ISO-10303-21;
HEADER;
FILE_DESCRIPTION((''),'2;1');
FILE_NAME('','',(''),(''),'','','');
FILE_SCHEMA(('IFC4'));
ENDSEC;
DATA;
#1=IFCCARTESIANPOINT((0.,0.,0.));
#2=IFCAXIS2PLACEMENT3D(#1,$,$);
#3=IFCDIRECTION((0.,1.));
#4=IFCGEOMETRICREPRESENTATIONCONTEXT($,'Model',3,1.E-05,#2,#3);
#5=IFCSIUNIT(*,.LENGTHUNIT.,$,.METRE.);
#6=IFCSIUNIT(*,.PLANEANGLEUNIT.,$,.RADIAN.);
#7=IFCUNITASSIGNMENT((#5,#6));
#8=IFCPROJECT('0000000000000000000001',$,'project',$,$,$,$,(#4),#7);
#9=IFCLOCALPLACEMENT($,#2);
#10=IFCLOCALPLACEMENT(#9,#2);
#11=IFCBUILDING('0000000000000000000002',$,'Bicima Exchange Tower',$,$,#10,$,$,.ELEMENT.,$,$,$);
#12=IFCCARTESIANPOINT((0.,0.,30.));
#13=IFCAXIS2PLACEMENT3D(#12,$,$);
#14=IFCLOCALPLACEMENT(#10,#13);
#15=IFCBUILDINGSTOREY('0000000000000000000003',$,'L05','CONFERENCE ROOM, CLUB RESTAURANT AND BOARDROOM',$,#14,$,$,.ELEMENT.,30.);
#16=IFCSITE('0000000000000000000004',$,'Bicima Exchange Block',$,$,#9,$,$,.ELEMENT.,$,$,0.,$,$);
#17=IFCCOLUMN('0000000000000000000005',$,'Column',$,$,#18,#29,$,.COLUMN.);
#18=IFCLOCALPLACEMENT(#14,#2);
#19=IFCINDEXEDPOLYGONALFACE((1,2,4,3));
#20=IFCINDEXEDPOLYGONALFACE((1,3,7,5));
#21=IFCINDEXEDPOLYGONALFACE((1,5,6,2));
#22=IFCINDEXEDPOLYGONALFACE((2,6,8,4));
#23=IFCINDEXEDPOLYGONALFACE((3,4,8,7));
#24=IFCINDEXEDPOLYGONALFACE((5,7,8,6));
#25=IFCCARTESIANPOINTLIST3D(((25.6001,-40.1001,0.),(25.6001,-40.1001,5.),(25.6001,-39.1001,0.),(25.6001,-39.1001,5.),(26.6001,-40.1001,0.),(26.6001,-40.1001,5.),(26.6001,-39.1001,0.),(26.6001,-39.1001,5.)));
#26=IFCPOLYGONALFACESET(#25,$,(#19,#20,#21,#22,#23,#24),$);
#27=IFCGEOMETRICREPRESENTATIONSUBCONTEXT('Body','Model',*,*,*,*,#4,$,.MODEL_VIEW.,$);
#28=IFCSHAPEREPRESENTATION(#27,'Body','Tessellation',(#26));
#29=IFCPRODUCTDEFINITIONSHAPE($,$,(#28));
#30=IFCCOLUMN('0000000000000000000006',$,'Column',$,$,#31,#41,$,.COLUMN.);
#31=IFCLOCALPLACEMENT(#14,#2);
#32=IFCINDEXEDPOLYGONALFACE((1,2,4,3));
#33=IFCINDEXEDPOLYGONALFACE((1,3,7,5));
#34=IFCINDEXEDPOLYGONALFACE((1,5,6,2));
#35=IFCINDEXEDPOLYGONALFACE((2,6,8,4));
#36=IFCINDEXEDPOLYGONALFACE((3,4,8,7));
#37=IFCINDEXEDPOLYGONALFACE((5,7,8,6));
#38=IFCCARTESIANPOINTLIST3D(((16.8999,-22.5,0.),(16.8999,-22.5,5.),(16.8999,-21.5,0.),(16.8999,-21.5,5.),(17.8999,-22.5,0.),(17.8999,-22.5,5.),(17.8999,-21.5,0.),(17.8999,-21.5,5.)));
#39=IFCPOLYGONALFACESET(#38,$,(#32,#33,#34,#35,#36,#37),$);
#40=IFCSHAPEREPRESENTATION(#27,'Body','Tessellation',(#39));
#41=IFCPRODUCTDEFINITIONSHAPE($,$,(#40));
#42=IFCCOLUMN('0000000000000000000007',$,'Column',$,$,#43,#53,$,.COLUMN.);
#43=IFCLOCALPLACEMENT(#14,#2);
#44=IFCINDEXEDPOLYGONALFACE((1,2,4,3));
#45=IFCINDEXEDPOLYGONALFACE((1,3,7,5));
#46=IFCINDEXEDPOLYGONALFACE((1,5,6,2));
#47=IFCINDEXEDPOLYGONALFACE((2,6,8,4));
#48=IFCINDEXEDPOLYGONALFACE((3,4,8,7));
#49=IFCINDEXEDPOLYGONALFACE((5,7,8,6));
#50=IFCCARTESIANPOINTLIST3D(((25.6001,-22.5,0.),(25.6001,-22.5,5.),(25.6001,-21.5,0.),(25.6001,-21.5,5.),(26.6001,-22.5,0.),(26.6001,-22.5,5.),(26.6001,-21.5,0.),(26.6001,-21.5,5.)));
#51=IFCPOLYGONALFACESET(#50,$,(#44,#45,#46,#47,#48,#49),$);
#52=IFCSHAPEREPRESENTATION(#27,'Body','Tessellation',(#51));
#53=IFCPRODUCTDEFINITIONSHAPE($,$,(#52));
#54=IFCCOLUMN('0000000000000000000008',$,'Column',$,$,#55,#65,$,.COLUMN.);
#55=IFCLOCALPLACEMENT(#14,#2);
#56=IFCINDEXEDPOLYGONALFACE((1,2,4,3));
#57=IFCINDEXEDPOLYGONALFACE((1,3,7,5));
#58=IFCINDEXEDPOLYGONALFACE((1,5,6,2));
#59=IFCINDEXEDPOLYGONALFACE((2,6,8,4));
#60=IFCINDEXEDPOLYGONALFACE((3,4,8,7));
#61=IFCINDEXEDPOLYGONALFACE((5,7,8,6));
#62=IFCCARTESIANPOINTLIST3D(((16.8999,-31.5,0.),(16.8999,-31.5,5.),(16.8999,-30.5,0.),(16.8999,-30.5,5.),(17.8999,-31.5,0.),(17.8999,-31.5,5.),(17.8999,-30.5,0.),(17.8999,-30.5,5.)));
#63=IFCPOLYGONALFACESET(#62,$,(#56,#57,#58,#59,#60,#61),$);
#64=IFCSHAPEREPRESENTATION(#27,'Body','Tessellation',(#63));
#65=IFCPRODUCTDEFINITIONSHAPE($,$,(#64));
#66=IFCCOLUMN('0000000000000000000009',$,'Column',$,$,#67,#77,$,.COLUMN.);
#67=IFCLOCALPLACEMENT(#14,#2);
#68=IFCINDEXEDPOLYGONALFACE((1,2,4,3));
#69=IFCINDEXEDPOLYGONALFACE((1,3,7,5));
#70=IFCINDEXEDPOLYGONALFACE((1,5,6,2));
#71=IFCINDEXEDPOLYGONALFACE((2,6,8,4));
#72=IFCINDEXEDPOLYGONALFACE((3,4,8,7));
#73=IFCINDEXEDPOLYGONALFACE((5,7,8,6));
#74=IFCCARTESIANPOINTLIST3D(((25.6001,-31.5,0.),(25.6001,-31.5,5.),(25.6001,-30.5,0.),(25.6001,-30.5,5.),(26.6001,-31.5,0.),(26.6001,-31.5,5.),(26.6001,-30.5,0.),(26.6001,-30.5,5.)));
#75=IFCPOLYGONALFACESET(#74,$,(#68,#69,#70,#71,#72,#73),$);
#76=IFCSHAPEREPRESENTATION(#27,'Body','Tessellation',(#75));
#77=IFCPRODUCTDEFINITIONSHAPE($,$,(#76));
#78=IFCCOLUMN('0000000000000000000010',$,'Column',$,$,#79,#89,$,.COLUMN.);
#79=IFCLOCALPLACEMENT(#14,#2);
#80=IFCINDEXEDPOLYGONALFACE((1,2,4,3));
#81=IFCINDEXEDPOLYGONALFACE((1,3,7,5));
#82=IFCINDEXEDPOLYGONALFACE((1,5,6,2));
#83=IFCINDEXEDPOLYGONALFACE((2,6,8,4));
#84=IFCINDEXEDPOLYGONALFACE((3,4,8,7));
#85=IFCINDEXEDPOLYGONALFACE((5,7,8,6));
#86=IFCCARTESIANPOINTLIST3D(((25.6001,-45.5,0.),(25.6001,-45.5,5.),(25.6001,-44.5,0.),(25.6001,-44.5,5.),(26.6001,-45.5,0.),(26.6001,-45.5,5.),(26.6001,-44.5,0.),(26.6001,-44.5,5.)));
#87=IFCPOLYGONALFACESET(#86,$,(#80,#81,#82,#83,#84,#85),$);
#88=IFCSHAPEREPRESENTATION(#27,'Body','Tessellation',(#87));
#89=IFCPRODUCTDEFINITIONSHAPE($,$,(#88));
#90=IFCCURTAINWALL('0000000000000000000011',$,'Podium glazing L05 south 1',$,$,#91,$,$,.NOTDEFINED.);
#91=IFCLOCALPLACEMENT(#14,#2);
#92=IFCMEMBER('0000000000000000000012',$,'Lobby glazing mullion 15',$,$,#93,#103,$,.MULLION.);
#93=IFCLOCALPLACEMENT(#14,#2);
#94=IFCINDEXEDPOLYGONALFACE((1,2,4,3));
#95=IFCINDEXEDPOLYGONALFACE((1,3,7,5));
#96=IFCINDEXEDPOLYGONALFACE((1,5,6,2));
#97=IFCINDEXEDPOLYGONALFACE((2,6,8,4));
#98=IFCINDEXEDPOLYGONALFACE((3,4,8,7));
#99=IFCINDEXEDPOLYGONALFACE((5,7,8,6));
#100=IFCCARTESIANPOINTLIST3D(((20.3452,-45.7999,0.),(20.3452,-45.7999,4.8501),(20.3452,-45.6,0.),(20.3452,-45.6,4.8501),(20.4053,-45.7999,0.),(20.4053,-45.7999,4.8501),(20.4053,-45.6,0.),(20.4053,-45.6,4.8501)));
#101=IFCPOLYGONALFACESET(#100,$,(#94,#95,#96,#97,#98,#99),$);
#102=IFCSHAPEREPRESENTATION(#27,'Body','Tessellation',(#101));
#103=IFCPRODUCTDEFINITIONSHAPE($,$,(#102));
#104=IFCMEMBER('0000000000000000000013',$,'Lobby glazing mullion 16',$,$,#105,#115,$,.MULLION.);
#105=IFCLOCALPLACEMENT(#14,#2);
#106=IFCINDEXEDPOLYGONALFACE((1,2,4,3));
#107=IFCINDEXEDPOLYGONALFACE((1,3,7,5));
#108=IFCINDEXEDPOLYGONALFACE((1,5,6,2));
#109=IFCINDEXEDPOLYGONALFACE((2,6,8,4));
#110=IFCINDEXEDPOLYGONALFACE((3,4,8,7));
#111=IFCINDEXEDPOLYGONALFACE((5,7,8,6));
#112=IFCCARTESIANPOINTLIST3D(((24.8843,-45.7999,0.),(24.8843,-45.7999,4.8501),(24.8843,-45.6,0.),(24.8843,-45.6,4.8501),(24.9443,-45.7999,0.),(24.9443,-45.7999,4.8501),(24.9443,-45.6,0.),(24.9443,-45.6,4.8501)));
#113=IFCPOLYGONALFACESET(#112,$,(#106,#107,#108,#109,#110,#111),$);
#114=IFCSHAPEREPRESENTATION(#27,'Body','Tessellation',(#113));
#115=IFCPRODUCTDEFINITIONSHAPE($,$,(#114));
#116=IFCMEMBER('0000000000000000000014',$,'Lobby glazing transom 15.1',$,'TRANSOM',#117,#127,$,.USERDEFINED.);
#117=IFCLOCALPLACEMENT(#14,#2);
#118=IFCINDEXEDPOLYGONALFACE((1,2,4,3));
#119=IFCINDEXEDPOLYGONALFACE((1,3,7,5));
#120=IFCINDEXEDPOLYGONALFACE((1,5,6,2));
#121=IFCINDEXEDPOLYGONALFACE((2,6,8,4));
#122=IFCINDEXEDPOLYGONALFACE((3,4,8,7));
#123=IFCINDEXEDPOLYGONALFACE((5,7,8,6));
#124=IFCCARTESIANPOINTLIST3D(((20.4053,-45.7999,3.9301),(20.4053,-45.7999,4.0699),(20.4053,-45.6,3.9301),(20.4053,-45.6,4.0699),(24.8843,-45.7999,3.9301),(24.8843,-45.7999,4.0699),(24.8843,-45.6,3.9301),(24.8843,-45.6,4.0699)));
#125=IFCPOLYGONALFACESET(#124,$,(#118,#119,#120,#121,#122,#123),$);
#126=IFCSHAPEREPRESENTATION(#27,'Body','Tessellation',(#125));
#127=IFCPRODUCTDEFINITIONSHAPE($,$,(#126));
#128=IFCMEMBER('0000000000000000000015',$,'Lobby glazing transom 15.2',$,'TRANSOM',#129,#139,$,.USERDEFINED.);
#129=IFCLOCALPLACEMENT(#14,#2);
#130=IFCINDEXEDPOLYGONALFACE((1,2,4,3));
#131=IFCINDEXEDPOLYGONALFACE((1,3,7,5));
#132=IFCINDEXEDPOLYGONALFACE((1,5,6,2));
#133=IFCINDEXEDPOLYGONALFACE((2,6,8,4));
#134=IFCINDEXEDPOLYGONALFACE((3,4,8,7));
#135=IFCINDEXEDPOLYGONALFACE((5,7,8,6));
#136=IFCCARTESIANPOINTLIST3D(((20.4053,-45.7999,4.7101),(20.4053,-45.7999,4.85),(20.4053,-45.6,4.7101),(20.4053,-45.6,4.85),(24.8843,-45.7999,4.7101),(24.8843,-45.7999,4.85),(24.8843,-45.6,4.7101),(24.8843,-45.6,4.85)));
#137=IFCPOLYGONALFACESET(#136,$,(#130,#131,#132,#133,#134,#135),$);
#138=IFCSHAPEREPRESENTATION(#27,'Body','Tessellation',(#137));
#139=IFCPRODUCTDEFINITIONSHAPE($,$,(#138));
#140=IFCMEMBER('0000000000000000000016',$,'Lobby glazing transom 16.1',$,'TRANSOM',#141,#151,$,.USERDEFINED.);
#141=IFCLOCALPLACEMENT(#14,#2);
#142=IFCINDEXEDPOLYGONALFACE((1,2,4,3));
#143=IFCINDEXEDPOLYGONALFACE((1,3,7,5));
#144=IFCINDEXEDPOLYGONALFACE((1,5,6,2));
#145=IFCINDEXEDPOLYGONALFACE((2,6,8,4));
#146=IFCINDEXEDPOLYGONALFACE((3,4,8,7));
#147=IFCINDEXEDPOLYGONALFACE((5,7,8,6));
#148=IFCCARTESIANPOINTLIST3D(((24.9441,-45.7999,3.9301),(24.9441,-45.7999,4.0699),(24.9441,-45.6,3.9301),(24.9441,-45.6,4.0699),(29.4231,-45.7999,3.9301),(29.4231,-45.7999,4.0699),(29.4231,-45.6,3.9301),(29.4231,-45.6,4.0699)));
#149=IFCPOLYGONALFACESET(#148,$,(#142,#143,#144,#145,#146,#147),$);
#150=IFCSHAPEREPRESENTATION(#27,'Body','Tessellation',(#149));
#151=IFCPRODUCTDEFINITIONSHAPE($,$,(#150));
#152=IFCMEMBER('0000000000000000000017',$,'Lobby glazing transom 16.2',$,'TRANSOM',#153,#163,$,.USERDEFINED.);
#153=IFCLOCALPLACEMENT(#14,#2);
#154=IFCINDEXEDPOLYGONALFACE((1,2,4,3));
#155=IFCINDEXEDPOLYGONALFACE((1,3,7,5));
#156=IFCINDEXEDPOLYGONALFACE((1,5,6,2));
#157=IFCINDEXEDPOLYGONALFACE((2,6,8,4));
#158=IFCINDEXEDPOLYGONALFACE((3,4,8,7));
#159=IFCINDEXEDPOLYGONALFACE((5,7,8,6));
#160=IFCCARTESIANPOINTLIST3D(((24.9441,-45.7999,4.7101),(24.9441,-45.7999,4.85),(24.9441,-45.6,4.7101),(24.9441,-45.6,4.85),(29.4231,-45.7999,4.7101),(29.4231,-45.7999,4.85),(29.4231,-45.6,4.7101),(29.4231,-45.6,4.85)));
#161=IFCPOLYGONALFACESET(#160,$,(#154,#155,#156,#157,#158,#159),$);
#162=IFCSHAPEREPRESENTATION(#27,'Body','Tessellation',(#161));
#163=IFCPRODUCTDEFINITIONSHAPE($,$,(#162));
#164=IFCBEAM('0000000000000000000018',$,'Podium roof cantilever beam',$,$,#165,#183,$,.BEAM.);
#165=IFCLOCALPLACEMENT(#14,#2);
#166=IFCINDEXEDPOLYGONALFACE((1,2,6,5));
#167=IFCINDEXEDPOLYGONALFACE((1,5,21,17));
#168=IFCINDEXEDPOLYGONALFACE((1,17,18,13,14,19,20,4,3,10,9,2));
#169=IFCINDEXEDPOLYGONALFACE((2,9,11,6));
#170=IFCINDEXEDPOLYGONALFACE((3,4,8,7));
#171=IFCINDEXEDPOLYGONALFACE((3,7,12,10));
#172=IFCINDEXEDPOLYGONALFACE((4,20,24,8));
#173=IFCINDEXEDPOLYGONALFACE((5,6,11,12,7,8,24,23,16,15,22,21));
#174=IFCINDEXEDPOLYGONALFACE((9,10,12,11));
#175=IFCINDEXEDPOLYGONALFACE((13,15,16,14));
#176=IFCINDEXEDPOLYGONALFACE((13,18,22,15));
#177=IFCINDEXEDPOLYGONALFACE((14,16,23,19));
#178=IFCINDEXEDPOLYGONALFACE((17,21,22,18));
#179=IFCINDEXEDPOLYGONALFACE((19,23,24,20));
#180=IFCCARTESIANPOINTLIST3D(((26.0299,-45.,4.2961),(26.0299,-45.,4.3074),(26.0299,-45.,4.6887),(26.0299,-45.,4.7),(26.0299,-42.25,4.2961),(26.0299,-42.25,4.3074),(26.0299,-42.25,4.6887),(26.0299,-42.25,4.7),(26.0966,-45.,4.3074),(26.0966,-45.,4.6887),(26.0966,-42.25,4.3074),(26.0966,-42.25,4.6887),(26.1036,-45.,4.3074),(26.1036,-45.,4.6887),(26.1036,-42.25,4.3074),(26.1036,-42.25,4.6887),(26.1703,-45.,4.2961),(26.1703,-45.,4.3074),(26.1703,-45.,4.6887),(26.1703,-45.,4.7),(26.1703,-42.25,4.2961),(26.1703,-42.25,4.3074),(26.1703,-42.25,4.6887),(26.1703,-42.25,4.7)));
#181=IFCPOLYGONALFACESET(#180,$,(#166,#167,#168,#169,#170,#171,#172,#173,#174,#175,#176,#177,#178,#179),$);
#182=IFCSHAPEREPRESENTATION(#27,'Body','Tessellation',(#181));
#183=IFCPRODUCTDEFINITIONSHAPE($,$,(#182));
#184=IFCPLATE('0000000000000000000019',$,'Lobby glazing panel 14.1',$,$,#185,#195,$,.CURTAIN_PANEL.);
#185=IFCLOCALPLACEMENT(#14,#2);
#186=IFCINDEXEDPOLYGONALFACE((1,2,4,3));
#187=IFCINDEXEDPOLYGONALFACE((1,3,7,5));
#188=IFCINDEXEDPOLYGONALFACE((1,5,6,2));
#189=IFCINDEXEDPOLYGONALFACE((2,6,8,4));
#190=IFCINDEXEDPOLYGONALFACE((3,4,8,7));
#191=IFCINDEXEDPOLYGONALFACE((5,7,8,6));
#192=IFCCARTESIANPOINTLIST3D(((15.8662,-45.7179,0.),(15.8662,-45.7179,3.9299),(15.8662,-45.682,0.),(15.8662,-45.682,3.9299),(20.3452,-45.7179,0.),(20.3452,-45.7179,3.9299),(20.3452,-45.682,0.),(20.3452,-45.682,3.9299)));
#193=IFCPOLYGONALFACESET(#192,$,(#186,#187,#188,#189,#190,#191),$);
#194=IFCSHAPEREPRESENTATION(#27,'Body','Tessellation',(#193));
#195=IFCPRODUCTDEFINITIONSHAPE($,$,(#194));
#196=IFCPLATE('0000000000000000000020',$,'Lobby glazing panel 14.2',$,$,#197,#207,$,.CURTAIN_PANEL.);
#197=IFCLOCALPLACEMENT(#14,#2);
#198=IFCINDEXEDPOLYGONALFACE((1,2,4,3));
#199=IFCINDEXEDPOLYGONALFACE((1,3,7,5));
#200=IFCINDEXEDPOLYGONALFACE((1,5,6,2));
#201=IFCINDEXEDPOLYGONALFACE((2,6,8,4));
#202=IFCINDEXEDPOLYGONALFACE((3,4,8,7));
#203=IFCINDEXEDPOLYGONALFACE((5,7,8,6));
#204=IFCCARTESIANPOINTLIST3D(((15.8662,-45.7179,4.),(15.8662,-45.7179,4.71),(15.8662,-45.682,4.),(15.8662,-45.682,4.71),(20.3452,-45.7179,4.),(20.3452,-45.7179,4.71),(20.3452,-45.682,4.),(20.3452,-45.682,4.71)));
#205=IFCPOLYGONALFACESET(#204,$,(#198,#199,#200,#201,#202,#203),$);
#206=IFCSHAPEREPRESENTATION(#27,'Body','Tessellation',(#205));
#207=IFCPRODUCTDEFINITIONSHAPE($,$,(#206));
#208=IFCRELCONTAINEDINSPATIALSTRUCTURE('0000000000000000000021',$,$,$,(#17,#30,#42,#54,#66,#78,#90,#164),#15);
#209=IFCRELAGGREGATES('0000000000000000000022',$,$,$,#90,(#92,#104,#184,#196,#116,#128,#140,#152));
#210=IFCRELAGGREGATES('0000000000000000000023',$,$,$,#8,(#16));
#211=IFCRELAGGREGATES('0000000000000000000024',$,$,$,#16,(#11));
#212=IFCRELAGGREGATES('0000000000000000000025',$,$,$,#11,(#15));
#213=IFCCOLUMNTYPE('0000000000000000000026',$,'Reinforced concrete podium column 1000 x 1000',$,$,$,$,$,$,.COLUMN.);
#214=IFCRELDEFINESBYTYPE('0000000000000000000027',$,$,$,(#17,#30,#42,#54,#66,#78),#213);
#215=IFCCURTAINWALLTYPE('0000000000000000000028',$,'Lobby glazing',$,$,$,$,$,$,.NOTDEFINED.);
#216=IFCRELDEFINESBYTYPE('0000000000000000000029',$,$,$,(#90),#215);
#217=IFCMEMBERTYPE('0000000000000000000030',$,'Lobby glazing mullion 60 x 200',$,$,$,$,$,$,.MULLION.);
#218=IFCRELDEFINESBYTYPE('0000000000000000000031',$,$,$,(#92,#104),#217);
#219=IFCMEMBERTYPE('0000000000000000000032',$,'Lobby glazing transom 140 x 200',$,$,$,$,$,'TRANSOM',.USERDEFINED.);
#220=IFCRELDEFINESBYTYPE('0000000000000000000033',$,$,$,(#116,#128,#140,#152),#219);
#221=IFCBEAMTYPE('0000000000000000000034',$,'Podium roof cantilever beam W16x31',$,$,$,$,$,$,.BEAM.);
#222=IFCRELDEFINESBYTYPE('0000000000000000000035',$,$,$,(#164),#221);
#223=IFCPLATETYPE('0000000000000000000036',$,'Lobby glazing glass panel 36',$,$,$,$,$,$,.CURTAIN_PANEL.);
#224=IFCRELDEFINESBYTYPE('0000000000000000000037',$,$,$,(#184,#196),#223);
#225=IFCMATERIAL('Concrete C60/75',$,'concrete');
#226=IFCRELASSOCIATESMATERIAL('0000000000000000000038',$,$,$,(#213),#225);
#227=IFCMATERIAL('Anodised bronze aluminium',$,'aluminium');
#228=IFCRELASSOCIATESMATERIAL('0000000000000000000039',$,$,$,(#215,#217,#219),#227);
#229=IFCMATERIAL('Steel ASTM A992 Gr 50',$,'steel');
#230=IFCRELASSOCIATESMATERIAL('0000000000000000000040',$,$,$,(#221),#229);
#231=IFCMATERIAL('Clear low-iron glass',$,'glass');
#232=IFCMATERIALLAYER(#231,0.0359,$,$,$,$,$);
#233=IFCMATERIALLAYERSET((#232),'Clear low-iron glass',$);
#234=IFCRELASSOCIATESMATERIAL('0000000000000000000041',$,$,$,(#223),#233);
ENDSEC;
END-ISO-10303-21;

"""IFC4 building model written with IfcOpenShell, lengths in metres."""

from ifc_helpers import new_model, si_unit, direction, frame, origin, origin_2d, place, context, subcontext, project, spatial, rectangle, i_section, extrude, material, layer, layer_set, material_profile, profile_set, type_object, element, aggregate, save


model = new_model("IFC4")

# Units and contexts
model_context = context("Model", 3, precision=1e-05, world=origin(), true_north=direction((0.0, 1.0)))
body_context = subcontext(model_context, "Body", "Model", "MODEL_VIEW")
ifc_project = project(units=[si_unit("LENGTHUNIT", "METRE"), si_unit("PLANEANGLEUNIT", "RADIAN")], contexts=[model_context])

# Site, building, storey
site_placement = place(None, origin())
site = spatial("IfcSite", under=ifc_project, at=site_placement, Name="Bicima Exchange Block", CompositionType="ELEMENT", RefElevation=0.0)
building_placement = place(site_placement, origin())
building = spatial("IfcBuilding", under=site, at=building_placement, Name="Bicima Exchange Tower", CompositionType="ELEMENT")
storey_placement = place(building_placement, frame((0.0, 0.0, 30.0)))
storey = spatial("IfcBuildingStorey", under=building, at=storey_placement, Name="L05", Description="CONFERENCE ROOM, CLUB RESTAURANT AND BOARDROOM", CompositionType="ELEMENT", Elevation=30.0)

# Columns
ifc_material_1 = material(Name="Concrete C60/75", Category="concrete")
ifc_material_profile_1 = material_profile(ifc_material_1, rectangle(XDim=1.0, YDim=1.0, at=origin_2d()))
ifc_profile_set_1 = profile_set([ifc_material_profile_1], Name="Concrete C60/75")
column_type = type_object("IfcColumnType", Name="Reinforced concrete podium column 1000 x 1000", PredefinedType="COLUMN", material=ifc_profile_set_1)
for number, where, z_axis, x_axis, name in (
    (1, (26.1001, -39.6001, 0.0), (0.0, 0.0, 1.0), (1.0, 0.0, 0.0), "Column"),
    (2, (17.3999, -22.0, 0.0), (0.0, 0.0, 1.0), (1.0, 0.0, 0.0), "Column"),
    (3, (26.1001, -22.0, 0.0), (0.0, 0.0, 1.0), (1.0, 0.0, 0.0), "Column"),
    (4, (17.3999, -31.0, 0.0), (0.0, 0.0, 1.0), (1.0, 0.0, 0.0), "Column"),
    (5, (26.1001, -31.0, 0.0), (0.0, 0.0, 1.0), (1.0, 0.0, 0.0), "Column"),
    (6, (26.1001, -45.0, 0.0), (0.0, 0.0, 1.0), (1.0, 0.0, 0.0), "Column"),
):
    element("IfcColumn", number, at=place(storey_placement, frame(where, z_axis=z_axis, x_axis=x_axis)), inside=storey, type_object=column_type, Name=name, PredefinedType="COLUMN", context=body_context, shape_type="SweptSolid", body=[
        extrude(rectangle(XDim=1.0, YDim=1.0, at=origin_2d()), origin(), (0.0, 0.0, 1.0), 5.0),
    ])

# Curtain wall, members
ifc_material_2 = material(Name="Anodised bronze aluminium", Category="aluminium")
curtain_wall_type = type_object("IfcCurtainWallType", Name="Lobby glazing", PredefinedType="NOTDEFINED", material=ifc_material_2)
curtain_wall_placement = place(storey_placement, origin())
curtain_wall = element("IfcCurtainWall", 7, at=curtain_wall_placement, inside=storey, type_object=curtain_wall_type, Name="Podium glazing L05 south 1", PredefinedType="NOTDEFINED")
ifc_material_profile_2 = material_profile(ifc_material_2, rectangle(XDim=0.2, YDim=0.0601, at=origin_2d()))
ifc_profile_set_2 = profile_set([ifc_material_profile_2], Name="Anodised bronze aluminium")
member_type_1 = type_object("IfcMemberType", Name="Lobby glazing mullion 60 x 200", PredefinedType="MULLION", material=ifc_profile_set_2)
member_1_placement = place(storey_placement, frame((20.3752, -45.7, 0.0), z_axis=(0.0, 0.0, 1.0), x_axis=(0.0, 1.0, 0.0)))
member_1 = element("IfcMember", 8, at=member_1_placement, type_object=member_type_1, Name="Lobby glazing mullion 15", PredefinedType="MULLION", context=body_context, shape_type="SweptSolid", body=[
    extrude(rectangle(XDim=0.2, YDim=0.0601, at=origin_2d()), origin(), (0.0, 0.0, 1.0), 4.8501),
])
member_2_placement = place(storey_placement, frame((24.9143, -45.7, 0.0), z_axis=(0.0, 0.0, 1.0), x_axis=(0.0, 1.0, 0.0)))
member_2 = element("IfcMember", 9, at=member_2_placement, type_object=member_type_1, Name="Lobby glazing mullion 16", PredefinedType="MULLION", context=body_context, shape_type="SweptSolid", body=[
    extrude(rectangle(XDim=0.2, YDim=0.0601, at=origin_2d()), origin(), (0.0, 0.0, 1.0), 4.8501),
])
ifc_material_profile_3 = material_profile(ifc_material_2, rectangle(XDim=0.2, YDim=0.1399, at=origin_2d()))
ifc_profile_set_3 = profile_set([ifc_material_profile_3], Name="Anodised bronze aluminium")
member_type_2 = type_object("IfcMemberType", Name="Lobby glazing transom 140 x 200", ElementType="TRANSOM", PredefinedType="USERDEFINED", material=ifc_profile_set_3)
member_3_placement = place(storey_placement, frame((20.4053, -45.7, 4.0), z_axis=(1.0, 0.0, 0.0), x_axis=(0.0, 1.0, 0.0)))
member_3 = element("IfcMember", 10, at=member_3_placement, type_object=member_type_2, Name="Lobby glazing transom 15.1", ObjectType="TRANSOM", PredefinedType="USERDEFINED", context=body_context, shape_type="SweptSolid", body=[
    extrude(rectangle(XDim=0.2, YDim=0.1399, at=origin_2d()), origin(), (0.0, 0.0, 1.0), 4.479),
])
member_4_placement = place(storey_placement, frame((20.4053, -45.7, 4.78), z_axis=(1.0, 0.0, 0.0), x_axis=(0.0, 1.0, 0.0)))
member_4 = element("IfcMember", 11, at=member_4_placement, type_object=member_type_2, Name="Lobby glazing transom 15.2", ObjectType="TRANSOM", PredefinedType="USERDEFINED", context=body_context, shape_type="SweptSolid", body=[
    extrude(rectangle(XDim=0.2, YDim=0.1399, at=origin_2d()), origin(), (0.0, 0.0, 1.0), 4.479),
])
member_5_placement = place(storey_placement, frame((24.9441, -45.7, 4.0), z_axis=(1.0, 0.0, 0.0), x_axis=(0.0, 1.0, 0.0)))
member_5 = element("IfcMember", 12, at=member_5_placement, type_object=member_type_2, Name="Lobby glazing transom 16.1", ObjectType="TRANSOM", PredefinedType="USERDEFINED", context=body_context, shape_type="SweptSolid", body=[
    extrude(rectangle(XDim=0.2, YDim=0.1399, at=origin_2d()), origin(), (0.0, 0.0, 1.0), 4.479),
])
member_6_placement = place(storey_placement, frame((24.9441, -45.7, 4.78), z_axis=(1.0, 0.0, 0.0), x_axis=(0.0, 1.0, 0.0)))
member_6 = element("IfcMember", 13, at=member_6_placement, type_object=member_type_2, Name="Lobby glazing transom 16.2", ObjectType="TRANSOM", PredefinedType="USERDEFINED", context=body_context, shape_type="SweptSolid", body=[
    extrude(rectangle(XDim=0.2, YDim=0.1399, at=origin_2d()), origin(), (0.0, 0.0, 1.0), 4.479),
])

# Beam
ifc_material_3 = material(Name="Steel ASTM A992 Gr 50", Category="steel")
ifc_material_profile_4 = material_profile(ifc_material_3, i_section(OverallWidth=0.1404, OverallDepth=0.4038, WebThickness=0.0071, FlangeThickness=0.0112, at=origin_2d()))
ifc_profile_set_4 = profile_set([ifc_material_profile_4], Name="Steel ASTM A992 Gr 50")
beam_type = type_object("IfcBeamType", Name="Podium roof cantilever beam W16x31", PredefinedType="BEAM", material=ifc_profile_set_4)
beam_placement = place(storey_placement, frame((26.1001, -45.0, 4.498), z_axis=(0.0, 1.0, 0.0), x_axis=(-1.0, 0.0, 0.0)))
element("IfcBeam", 14, at=beam_placement, inside=storey, type_object=beam_type, Name="Podium roof cantilever beam", PredefinedType="BEAM", context=body_context, shape_type="SweptSolid", body=[
    extrude(i_section(OverallWidth=0.1404, OverallDepth=0.4038, WebThickness=0.0071, FlangeThickness=0.0112, at=origin_2d()), origin(), (0.0, 0.0, 1.0), 2.75),
])

# Plates
ifc_material_4 = material(Name="Clear low-iron glass", Category="glass")
ifc_layer_1 = layer(ifc_material_4, 0.0359)
ifc_layer_set_1 = layer_set([ifc_layer_1], Name="Clear low-iron glass")
plate_type = type_object("IfcPlateType", Name="Lobby glazing glass panel 36", PredefinedType="CURTAIN_PANEL", material=ifc_layer_set_1)
plate_1_placement = place(storey_placement, frame((18.1057, -45.7, 0.0), z_axis=(0.0, 0.0, 1.0), x_axis=(1.0, 0.0, 0.0)))
plate_1 = element("IfcPlate", 15, at=plate_1_placement, type_object=plate_type, Name="Lobby glazing panel 14.1", PredefinedType="CURTAIN_PANEL", context=body_context, shape_type="SweptSolid", body=[
    extrude(rectangle(XDim=4.479, YDim=0.0359, at=origin_2d()), origin(), (0.0, 0.0, 1.0), 3.9299),
])
plate_2_placement = place(storey_placement, frame((18.1057, -45.7, 4.0), z_axis=(0.0, 0.0, 1.0), x_axis=(1.0, 0.0, 0.0)))
plate_2 = element("IfcPlate", 16, at=plate_2_placement, type_object=plate_type, Name="Lobby glazing panel 14.2", PredefinedType="CURTAIN_PANEL", context=body_context, shape_type="SweptSolid", body=[
    extrude(rectangle(XDim=4.479, YDim=0.0359, at=origin_2d()), origin(), (0.0, 0.0, 1.0), 0.71),
])
aggregate(curtain_wall, [member_1, member_2, plate_1, plate_2, member_3, member_4, member_5, member_6])

save(model, "model.ifc")
